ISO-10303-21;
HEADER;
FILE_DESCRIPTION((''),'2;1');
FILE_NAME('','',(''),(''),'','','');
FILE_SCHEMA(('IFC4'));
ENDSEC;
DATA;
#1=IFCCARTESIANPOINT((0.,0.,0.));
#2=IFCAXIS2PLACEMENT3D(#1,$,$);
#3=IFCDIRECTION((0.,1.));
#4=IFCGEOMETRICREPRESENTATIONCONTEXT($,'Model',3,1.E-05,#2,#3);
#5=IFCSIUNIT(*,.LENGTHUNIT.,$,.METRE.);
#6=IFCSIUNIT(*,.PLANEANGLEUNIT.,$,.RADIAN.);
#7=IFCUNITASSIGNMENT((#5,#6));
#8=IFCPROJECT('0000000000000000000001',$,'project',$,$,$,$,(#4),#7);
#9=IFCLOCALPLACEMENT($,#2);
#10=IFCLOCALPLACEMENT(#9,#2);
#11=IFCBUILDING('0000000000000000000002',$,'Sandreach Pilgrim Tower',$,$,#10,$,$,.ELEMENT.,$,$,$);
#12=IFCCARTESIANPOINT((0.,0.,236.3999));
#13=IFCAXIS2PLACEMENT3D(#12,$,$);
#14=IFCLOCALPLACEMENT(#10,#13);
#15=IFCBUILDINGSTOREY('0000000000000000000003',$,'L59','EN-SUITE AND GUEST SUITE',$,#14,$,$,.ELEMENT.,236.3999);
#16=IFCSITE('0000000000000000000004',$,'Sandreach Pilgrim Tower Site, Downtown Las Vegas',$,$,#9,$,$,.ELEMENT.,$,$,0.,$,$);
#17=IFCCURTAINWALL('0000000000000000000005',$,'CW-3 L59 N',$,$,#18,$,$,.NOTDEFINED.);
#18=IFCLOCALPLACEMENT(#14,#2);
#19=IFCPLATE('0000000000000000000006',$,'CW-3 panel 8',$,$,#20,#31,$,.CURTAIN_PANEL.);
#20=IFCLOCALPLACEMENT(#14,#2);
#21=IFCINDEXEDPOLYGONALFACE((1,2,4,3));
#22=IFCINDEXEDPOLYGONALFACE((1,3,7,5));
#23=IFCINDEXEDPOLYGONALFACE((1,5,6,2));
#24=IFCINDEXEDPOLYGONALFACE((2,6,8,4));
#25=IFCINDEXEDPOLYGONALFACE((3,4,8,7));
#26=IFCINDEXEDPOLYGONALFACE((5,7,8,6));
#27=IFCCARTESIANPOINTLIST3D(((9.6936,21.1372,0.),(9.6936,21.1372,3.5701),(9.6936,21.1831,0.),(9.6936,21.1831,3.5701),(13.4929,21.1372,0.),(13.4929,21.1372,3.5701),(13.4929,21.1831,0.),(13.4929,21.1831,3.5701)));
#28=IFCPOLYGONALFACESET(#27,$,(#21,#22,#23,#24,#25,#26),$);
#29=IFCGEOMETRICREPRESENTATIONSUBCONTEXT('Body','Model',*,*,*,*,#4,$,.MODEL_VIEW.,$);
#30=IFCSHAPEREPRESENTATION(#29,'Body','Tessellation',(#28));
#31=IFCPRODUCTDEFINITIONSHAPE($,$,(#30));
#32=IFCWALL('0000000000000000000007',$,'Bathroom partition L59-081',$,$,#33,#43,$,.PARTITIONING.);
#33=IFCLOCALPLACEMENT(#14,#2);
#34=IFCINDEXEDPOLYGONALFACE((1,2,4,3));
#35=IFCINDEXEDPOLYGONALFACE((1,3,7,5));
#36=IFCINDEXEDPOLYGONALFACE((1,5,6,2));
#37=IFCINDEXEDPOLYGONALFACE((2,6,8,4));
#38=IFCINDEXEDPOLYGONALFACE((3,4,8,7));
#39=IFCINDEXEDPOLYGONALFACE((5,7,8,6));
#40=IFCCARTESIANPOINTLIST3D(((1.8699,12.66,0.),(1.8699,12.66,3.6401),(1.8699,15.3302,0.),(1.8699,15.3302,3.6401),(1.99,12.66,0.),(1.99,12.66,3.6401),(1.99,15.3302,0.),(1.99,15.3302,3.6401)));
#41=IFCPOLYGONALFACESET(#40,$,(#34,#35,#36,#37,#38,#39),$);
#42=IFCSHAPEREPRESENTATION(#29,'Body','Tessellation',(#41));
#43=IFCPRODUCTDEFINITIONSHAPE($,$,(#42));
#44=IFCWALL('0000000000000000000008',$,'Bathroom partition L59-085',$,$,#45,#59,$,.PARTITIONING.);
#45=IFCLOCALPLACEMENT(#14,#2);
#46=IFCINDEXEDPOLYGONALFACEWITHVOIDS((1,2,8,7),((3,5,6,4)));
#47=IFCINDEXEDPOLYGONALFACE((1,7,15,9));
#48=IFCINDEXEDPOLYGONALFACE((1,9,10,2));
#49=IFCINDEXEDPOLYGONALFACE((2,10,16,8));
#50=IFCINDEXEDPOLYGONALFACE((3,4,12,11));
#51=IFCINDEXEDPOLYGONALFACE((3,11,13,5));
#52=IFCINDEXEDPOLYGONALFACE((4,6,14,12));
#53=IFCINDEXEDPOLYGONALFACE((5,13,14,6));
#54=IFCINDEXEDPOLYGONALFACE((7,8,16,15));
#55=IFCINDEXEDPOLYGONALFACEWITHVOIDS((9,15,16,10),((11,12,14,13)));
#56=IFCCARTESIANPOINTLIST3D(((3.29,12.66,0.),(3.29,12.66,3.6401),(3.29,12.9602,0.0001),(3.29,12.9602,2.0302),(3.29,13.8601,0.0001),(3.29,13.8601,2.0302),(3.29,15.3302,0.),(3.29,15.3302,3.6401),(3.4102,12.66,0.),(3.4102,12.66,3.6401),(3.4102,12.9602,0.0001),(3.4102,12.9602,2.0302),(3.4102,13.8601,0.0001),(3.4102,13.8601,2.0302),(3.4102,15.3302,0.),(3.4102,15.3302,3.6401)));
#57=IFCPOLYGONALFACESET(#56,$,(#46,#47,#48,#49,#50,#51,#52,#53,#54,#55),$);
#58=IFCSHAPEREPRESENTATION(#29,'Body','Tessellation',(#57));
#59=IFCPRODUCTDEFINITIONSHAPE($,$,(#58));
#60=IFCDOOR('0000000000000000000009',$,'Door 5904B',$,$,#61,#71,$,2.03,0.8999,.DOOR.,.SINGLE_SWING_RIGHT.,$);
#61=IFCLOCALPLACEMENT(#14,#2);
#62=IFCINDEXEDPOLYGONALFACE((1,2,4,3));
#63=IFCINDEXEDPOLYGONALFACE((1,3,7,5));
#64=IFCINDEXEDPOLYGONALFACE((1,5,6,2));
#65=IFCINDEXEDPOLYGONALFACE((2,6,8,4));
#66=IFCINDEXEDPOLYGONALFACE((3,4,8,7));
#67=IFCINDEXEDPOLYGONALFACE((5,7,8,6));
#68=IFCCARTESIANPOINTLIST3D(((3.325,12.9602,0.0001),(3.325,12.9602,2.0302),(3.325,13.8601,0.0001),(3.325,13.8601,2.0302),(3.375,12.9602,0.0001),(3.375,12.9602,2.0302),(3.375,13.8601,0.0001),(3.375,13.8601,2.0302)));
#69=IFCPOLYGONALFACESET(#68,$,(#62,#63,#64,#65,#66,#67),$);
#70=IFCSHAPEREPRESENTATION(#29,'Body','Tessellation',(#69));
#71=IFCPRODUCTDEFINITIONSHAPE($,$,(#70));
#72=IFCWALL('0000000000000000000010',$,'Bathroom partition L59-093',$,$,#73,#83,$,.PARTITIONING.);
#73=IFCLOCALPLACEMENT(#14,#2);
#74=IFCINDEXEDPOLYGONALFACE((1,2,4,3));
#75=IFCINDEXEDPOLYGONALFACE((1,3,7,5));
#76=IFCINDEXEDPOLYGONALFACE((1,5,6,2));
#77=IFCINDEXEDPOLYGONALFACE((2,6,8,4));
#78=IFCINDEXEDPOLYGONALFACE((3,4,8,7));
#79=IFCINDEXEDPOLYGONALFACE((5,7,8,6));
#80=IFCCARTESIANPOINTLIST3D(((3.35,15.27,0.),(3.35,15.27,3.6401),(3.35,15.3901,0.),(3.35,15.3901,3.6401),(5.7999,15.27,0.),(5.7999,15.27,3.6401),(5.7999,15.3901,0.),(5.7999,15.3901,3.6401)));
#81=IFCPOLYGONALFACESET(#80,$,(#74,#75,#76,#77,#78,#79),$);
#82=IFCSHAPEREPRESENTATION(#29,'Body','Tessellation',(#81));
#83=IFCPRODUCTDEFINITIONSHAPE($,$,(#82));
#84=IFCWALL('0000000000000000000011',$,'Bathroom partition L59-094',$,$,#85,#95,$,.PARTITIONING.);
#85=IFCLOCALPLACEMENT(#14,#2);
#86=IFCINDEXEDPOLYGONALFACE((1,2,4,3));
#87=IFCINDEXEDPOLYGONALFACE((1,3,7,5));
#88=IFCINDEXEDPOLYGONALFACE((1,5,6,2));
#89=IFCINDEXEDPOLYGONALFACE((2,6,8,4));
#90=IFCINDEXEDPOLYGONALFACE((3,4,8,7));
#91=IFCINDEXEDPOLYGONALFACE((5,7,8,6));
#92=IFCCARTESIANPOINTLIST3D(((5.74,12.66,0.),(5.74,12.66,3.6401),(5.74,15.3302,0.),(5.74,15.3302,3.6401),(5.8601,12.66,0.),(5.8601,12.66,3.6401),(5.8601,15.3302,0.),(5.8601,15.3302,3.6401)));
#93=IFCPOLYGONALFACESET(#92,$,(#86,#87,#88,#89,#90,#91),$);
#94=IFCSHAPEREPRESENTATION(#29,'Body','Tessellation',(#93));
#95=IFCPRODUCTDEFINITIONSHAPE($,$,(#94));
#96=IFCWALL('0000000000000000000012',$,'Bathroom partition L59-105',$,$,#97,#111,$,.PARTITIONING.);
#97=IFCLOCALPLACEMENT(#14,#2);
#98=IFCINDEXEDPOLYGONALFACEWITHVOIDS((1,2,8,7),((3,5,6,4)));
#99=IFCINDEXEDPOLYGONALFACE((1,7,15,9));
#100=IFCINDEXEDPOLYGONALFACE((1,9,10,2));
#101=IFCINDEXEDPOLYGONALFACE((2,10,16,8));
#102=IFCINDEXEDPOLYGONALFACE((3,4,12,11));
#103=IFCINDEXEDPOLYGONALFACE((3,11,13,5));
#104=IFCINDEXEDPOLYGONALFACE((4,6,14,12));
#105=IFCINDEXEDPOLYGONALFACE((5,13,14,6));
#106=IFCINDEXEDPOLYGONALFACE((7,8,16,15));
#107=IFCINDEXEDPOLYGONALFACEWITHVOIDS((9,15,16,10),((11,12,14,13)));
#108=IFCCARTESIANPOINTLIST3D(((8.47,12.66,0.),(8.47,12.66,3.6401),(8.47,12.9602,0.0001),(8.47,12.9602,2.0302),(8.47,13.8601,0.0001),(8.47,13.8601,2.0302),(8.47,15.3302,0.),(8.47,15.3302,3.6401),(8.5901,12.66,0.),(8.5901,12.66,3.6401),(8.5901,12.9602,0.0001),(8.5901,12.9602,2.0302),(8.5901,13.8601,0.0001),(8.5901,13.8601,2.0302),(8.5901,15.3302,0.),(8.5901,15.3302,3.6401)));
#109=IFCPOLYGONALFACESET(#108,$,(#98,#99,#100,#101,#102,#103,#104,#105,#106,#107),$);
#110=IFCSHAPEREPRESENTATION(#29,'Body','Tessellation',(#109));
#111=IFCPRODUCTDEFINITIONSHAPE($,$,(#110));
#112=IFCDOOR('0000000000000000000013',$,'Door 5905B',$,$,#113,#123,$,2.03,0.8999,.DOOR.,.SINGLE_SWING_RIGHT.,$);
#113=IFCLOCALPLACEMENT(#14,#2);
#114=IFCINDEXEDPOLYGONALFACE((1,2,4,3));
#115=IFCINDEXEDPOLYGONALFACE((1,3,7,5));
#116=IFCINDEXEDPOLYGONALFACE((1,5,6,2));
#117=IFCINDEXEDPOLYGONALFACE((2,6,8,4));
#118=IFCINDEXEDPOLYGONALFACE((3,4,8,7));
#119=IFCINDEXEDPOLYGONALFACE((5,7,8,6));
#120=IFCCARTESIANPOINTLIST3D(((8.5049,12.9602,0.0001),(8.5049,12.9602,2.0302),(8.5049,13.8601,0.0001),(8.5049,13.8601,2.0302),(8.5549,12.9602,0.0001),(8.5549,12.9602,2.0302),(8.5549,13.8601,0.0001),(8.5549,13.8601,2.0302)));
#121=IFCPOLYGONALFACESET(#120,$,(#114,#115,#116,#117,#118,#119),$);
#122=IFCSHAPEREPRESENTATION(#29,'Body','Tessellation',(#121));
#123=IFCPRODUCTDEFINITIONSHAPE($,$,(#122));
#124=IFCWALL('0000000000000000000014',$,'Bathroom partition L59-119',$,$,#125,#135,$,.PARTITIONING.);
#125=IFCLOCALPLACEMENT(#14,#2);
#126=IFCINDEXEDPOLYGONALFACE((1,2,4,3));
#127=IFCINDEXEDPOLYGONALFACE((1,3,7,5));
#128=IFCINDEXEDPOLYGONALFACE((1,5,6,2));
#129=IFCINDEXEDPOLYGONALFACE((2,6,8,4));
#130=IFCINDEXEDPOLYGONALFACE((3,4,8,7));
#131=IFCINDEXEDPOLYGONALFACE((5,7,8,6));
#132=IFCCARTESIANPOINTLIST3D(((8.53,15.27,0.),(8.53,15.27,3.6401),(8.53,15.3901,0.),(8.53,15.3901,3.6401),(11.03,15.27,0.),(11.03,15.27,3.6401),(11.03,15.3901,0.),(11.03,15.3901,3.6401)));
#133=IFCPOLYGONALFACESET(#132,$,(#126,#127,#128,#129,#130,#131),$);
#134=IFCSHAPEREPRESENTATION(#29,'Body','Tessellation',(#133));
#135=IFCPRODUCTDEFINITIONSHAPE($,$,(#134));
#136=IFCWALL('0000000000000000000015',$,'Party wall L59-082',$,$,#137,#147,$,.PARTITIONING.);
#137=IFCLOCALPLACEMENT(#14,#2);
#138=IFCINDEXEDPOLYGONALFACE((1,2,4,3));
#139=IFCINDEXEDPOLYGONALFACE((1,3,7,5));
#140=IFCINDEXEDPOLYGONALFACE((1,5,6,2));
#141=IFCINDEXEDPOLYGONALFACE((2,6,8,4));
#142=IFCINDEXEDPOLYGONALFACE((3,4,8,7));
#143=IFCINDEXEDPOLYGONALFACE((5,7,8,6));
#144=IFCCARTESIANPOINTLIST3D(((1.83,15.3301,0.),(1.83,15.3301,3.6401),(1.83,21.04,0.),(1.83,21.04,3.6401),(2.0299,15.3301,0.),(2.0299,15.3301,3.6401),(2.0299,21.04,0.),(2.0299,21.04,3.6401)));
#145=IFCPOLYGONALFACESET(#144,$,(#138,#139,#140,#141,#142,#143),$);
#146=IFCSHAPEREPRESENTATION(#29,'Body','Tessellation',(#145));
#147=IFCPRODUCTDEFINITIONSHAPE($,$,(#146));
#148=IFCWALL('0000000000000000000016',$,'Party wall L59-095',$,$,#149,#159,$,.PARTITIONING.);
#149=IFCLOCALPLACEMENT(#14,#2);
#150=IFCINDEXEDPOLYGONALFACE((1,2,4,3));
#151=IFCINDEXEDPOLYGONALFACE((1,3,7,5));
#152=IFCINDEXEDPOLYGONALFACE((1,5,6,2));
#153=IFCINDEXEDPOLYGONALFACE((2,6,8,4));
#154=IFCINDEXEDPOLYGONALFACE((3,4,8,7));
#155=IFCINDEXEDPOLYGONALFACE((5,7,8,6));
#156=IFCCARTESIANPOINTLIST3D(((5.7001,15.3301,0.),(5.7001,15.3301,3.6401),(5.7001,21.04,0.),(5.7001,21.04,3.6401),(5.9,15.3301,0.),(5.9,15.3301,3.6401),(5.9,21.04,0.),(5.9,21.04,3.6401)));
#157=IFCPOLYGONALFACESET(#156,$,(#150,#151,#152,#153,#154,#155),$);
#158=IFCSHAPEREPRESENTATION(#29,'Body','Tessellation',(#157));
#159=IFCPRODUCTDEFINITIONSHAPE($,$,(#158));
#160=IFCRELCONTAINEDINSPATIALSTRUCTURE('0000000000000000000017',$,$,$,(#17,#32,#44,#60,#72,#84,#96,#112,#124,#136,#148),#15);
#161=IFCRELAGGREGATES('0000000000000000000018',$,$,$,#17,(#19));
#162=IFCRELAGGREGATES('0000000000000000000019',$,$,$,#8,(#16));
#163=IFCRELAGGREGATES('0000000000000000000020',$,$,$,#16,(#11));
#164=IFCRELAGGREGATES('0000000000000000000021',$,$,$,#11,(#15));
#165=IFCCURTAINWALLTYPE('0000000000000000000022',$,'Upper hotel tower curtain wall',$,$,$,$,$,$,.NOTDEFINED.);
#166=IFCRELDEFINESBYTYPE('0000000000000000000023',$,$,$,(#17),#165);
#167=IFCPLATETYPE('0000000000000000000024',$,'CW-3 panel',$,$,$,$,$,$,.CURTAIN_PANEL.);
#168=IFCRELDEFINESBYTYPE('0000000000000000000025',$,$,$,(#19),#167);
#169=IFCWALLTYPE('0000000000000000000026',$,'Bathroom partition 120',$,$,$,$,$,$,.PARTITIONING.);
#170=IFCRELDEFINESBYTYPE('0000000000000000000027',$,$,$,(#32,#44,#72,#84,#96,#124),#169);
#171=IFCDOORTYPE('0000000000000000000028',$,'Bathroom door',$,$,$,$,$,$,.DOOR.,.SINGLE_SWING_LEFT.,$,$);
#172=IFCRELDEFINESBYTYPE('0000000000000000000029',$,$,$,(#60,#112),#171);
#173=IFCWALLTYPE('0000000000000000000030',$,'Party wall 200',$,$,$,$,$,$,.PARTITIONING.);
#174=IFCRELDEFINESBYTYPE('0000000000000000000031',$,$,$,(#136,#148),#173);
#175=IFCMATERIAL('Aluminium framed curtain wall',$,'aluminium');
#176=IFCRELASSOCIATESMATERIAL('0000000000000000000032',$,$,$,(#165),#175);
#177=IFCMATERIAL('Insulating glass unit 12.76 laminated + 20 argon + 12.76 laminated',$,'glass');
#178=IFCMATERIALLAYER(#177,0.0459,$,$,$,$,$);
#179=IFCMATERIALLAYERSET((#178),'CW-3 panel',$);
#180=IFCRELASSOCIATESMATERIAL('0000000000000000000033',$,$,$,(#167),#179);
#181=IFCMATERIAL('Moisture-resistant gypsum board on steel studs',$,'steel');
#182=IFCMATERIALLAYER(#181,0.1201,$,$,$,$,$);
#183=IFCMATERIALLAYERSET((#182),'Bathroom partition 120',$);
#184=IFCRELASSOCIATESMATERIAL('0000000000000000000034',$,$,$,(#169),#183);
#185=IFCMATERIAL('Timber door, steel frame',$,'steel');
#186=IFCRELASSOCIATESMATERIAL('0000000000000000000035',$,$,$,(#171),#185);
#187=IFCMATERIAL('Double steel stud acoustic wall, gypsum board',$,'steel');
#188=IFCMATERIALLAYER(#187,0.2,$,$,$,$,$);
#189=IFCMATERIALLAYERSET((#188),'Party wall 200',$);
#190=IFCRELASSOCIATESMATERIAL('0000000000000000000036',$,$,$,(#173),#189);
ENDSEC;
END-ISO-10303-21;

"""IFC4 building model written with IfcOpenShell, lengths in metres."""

from ifc_helpers import new_model, si_unit, direction, frame, frame_2d, origin, origin_2d, place, context, subcontext, project, spatial, rectangle, extrude, material, layer, layer_set, type_object, element, fill, aggregate, save


model = new_model("IFC4")

# Units and contexts
model_context = context("Model", 3, precision=1e-05, world=origin(), true_north=direction((0.0, 1.0)))
body_context = subcontext(model_context, "Body", "Model", "MODEL_VIEW")
ifc_project = project(units=[si_unit("LENGTHUNIT", "METRE"), si_unit("PLANEANGLEUNIT", "RADIAN")], contexts=[model_context])

# Site, building, storey
site_placement = place(None, origin())
site = spatial("IfcSite", under=ifc_project, at=site_placement, Name="Sandreach Pilgrim Tower Site, Downtown Las Vegas", CompositionType="ELEMENT", RefElevation=0.0)
building_placement = place(site_placement, origin())
building = spatial("IfcBuilding", under=site, at=building_placement, Name="Sandreach Pilgrim Tower", CompositionType="ELEMENT")
storey_placement = place(building_placement, frame((0.0, 0.0, 236.3999)))
storey = spatial("IfcBuildingStorey", under=building, at=storey_placement, Name="L59", Description="EN-SUITE AND GUEST SUITE", CompositionType="ELEMENT", Elevation=236.3999)

# Curtain wall
ifc_material_1 = material(Name="Aluminium framed curtain wall", Category="aluminium")
curtain_wall_type = type_object("IfcCurtainWallType", Name="Upper hotel tower curtain wall", PredefinedType="NOTDEFINED", material=ifc_material_1)
curtain_wall_placement = place(storey_placement, origin())
curtain_wall = element("IfcCurtainWall", 1, at=curtain_wall_placement, inside=storey, type_object=curtain_wall_type, Name="CW-3 L59 N", PredefinedType="NOTDEFINED")

# Plate
ifc_material_2 = material(Name="Insulating glass unit 12.76 laminated + 20 argon + 12.76 laminated", Category="glass")
ifc_layer_1 = layer(ifc_material_2, 0.0459)
ifc_layer_set_1 = layer_set([ifc_layer_1], Name="CW-3 panel")
plate_type = type_object("IfcPlateType", Name="CW-3 panel", PredefinedType="CURTAIN_PANEL", material=ifc_layer_set_1)
plate_1_placement = place(storey_placement, frame((11.5933, 21.1602, 0.0), z_axis=(0.0, 0.0, 1.0), x_axis=(1.0, 0.0, 0.0)))
plate_1 = element("IfcPlate", 2, at=plate_1_placement, type_object=plate_type, Name="CW-3 panel 8", PredefinedType="CURTAIN_PANEL", context=body_context, shape_type="SweptSolid", body=[
    extrude(rectangle(XDim=3.7993, YDim=0.0459, at=origin_2d()), origin(), (0.0, 0.0, 1.0), 3.5701),
])
aggregate(curtain_wall, [plate_1])

# Wall
ifc_material_3 = material(Name="Moisture-resistant gypsum board on steel studs", Category="steel")
ifc_layer_2 = layer(ifc_material_3, 0.1201)
ifc_layer_set_2 = layer_set([ifc_layer_2], Name="Bathroom partition 120")
wall_type_1 = type_object("IfcWallType", Name="Bathroom partition 120", PredefinedType="PARTITIONING", material=ifc_layer_set_2)
wall_1_placement = place(storey_placement, frame((1.9299, 15.3301, 0.0), z_axis=(0.0, 0.0, 1.0), x_axis=(0.0, -1.0, 0.0)))
element("IfcWall", 3, at=wall_1_placement, inside=storey, type_object=wall_type_1, Name="Bathroom partition L59-081", PredefinedType="PARTITIONING", context=body_context, shape_type="SweptSolid", body=[
    extrude(rectangle(XDim=2.6702, YDim=0.1201, at=frame_2d((1.335, 0.0))), origin(), (0.0, 0.0, 1.0), 3.6401),
])

# Wall, opening, door
wall_2_placement = place(storey_placement, frame((3.3501, 15.3301, 0.0), z_axis=(0.0, 0.0, 1.0), x_axis=(0.0, -1.0, 0.0)))
wall_2 = element("IfcWall", 4, at=wall_2_placement, inside=storey, type_object=wall_type_1, Name="Bathroom partition L59-085", PredefinedType="PARTITIONING", context=body_context, shape_type="SweptSolid", body=[
    extrude(rectangle(XDim=2.6702, YDim=0.1201, at=frame_2d((1.335, 0.0))), origin(), (0.0, 0.0, 1.0), 3.6401),
])
opening_1_placement = place(wall_2_placement, frame((1.47, 0.0, 0.0)))
opening_1 = element("IfcOpeningElement", 5, at=opening_1_placement, cuts=wall_2, PredefinedType="OPENING", context=body_context, shape_type="SweptSolid", body=[
    extrude(rectangle(XDim=0.8999, YDim=2.03, at=frame_2d((0.45, 1.0151))), frame((0.0, 0.0601, 0.0), z_axis=(0.0, -1.0, 0.0), x_axis=(1.0, 0.0, 0.0)), (0.0, 0.0, 1.0), 0.1201),
])
ifc_material_4 = material(Name="Timber door, steel frame", Category="steel")
door_type = type_object("IfcDoorType", Name="Bathroom door", OperationType="SINGLE_SWING_LEFT", PredefinedType="DOOR", material=ifc_material_4)
door_1_placement = place(opening_1_placement, origin())
door_1 = element("IfcDoor", 6, at=door_1_placement, inside=storey, type_object=door_type, Name="Door 5904B", OperationType="SINGLE_SWING_RIGHT", OverallHeight=2.03, OverallWidth=0.8999, PredefinedType="DOOR", context=body_context, shape_type="SweptSolid", body=[
    extrude(rectangle(XDim=0.8999, YDim=2.03, at=frame_2d((0.45, 1.0151))), frame((0.0, 0.0249, 0.0), z_axis=(0.0, -1.0, 0.0), x_axis=(1.0, 0.0, 0.0)), (0.0, 0.0, 1.0), 0.05),
])
fill(opening_1, door_1)

# Walls
wall_3_placement = place(storey_placement, frame((5.8, 15.3301, 0.0), z_axis=(0.0, 0.0, 1.0), x_axis=(-1.0, 0.0, 0.0)))
element("IfcWall", 7, at=wall_3_placement, inside=storey, type_object=wall_type_1, Name="Bathroom partition L59-093", PredefinedType="PARTITIONING", context=body_context, shape_type="SweptSolid", body=[
    extrude(rectangle(XDim=2.45, YDim=0.1201, at=frame_2d((1.2251, 0.0))), origin(), (0.0, 0.0, 1.0), 3.6401),
])
wall_4_placement = place(storey_placement, frame((5.8, 15.3301, 0.0), z_axis=(0.0, 0.0, 1.0), x_axis=(0.0, -1.0, 0.0)))
element("IfcWall", 8, at=wall_4_placement, inside=storey, type_object=wall_type_1, Name="Bathroom partition L59-094", PredefinedType="PARTITIONING", context=body_context, shape_type="SweptSolid", body=[
    extrude(rectangle(XDim=2.6702, YDim=0.1201, at=frame_2d((1.335, 0.0))), origin(), (0.0, 0.0, 1.0), 3.6401),
])

# Wall, opening, door
wall_5_placement = place(storey_placement, frame((8.53, 15.3301, 0.0), z_axis=(0.0, 0.0, 1.0), x_axis=(0.0, -1.0, 0.0)))
wall_5 = element("IfcWall", 9, at=wall_5_placement, inside=storey, type_object=wall_type_1, Name="Bathroom partition L59-105", PredefinedType="PARTITIONING", context=body_context, shape_type="SweptSolid", body=[
    extrude(rectangle(XDim=2.6702, YDim=0.1201, at=frame_2d((1.335, 0.0))), origin(), (0.0, 0.0, 1.0), 3.6401),
])
opening_2_placement = place(wall_5_placement, frame((1.47, 0.0, 0.0)))
opening_2 = element("IfcOpeningElement", 10, at=opening_2_placement, cuts=wall_5, PredefinedType="OPENING", context=body_context, shape_type="SweptSolid", body=[
    extrude(rectangle(XDim=0.8999, YDim=2.03, at=frame_2d((0.45, 1.0151))), frame((0.0, 0.0601, 0.0), z_axis=(0.0, -1.0, 0.0), x_axis=(1.0, 0.0, 0.0)), (0.0, 0.0, 1.0), 0.1201),
])
door_2_placement = place(opening_2_placement, origin())
door_2 = element("IfcDoor", 11, at=door_2_placement, inside=storey, type_object=door_type, Name="Door 5905B", OperationType="SINGLE_SWING_RIGHT", OverallHeight=2.03, OverallWidth=0.8999, PredefinedType="DOOR", context=body_context, shape_type="SweptSolid", body=[
    extrude(rectangle(XDim=0.8999, YDim=2.03, at=frame_2d((0.45, 1.0151))), frame((0.0, 0.0249, 0.0), z_axis=(0.0, -1.0, 0.0), x_axis=(1.0, 0.0, 0.0)), (0.0, 0.0, 1.0), 0.05),
])
fill(opening_2, door_2)

# Walls
wall_6_placement = place(storey_placement, frame((11.03, 15.3301, 0.0), z_axis=(0.0, 0.0, 1.0), x_axis=(-1.0, 0.0, 0.0)))
element("IfcWall", 12, at=wall_6_placement, inside=storey, type_object=wall_type_1, Name="Bathroom partition L59-119", PredefinedType="PARTITIONING", context=body_context, shape_type="SweptSolid", body=[
    extrude(rectangle(XDim=2.5, YDim=0.1201, at=frame_2d((1.25, 0.0))), origin(), (0.0, 0.0, 1.0), 3.6401),
])
ifc_material_5 = material(Name="Double steel stud acoustic wall, gypsum board", Category="steel")
ifc_layer_3 = layer(ifc_material_5, 0.2)
ifc_layer_set_3 = layer_set([ifc_layer_3], Name="Party wall 200")
wall_type_2 = type_object("IfcWallType", Name="Party wall 200", PredefinedType="PARTITIONING", material=ifc_layer_set_3)
for number, where, z_axis, x_axis, name in (
    (13, (1.9299, 21.04, 0.0), (0.0, 0.0, 1.0), (0.0, -1.0, 0.0), "Party wall L59-082"),
    (14, (5.8, 21.04, 0.0), (0.0, 0.0, 1.0), (0.0, -1.0, 0.0), "Party wall L59-095"),
):
    element("IfcWall", number, at=place(storey_placement, frame(where, z_axis=z_axis, x_axis=x_axis)), inside=storey, type_object=wall_type_2, Name=name, PredefinedType="PARTITIONING", context=body_context, shape_type="SweptSolid", body=[
        extrude(rectangle(XDim=5.71, YDim=0.2, at=frame_2d((2.855, 0.0))), origin(), (0.0, 0.0, 1.0), 3.6401),
    ])

save(model, "model.ifc")
